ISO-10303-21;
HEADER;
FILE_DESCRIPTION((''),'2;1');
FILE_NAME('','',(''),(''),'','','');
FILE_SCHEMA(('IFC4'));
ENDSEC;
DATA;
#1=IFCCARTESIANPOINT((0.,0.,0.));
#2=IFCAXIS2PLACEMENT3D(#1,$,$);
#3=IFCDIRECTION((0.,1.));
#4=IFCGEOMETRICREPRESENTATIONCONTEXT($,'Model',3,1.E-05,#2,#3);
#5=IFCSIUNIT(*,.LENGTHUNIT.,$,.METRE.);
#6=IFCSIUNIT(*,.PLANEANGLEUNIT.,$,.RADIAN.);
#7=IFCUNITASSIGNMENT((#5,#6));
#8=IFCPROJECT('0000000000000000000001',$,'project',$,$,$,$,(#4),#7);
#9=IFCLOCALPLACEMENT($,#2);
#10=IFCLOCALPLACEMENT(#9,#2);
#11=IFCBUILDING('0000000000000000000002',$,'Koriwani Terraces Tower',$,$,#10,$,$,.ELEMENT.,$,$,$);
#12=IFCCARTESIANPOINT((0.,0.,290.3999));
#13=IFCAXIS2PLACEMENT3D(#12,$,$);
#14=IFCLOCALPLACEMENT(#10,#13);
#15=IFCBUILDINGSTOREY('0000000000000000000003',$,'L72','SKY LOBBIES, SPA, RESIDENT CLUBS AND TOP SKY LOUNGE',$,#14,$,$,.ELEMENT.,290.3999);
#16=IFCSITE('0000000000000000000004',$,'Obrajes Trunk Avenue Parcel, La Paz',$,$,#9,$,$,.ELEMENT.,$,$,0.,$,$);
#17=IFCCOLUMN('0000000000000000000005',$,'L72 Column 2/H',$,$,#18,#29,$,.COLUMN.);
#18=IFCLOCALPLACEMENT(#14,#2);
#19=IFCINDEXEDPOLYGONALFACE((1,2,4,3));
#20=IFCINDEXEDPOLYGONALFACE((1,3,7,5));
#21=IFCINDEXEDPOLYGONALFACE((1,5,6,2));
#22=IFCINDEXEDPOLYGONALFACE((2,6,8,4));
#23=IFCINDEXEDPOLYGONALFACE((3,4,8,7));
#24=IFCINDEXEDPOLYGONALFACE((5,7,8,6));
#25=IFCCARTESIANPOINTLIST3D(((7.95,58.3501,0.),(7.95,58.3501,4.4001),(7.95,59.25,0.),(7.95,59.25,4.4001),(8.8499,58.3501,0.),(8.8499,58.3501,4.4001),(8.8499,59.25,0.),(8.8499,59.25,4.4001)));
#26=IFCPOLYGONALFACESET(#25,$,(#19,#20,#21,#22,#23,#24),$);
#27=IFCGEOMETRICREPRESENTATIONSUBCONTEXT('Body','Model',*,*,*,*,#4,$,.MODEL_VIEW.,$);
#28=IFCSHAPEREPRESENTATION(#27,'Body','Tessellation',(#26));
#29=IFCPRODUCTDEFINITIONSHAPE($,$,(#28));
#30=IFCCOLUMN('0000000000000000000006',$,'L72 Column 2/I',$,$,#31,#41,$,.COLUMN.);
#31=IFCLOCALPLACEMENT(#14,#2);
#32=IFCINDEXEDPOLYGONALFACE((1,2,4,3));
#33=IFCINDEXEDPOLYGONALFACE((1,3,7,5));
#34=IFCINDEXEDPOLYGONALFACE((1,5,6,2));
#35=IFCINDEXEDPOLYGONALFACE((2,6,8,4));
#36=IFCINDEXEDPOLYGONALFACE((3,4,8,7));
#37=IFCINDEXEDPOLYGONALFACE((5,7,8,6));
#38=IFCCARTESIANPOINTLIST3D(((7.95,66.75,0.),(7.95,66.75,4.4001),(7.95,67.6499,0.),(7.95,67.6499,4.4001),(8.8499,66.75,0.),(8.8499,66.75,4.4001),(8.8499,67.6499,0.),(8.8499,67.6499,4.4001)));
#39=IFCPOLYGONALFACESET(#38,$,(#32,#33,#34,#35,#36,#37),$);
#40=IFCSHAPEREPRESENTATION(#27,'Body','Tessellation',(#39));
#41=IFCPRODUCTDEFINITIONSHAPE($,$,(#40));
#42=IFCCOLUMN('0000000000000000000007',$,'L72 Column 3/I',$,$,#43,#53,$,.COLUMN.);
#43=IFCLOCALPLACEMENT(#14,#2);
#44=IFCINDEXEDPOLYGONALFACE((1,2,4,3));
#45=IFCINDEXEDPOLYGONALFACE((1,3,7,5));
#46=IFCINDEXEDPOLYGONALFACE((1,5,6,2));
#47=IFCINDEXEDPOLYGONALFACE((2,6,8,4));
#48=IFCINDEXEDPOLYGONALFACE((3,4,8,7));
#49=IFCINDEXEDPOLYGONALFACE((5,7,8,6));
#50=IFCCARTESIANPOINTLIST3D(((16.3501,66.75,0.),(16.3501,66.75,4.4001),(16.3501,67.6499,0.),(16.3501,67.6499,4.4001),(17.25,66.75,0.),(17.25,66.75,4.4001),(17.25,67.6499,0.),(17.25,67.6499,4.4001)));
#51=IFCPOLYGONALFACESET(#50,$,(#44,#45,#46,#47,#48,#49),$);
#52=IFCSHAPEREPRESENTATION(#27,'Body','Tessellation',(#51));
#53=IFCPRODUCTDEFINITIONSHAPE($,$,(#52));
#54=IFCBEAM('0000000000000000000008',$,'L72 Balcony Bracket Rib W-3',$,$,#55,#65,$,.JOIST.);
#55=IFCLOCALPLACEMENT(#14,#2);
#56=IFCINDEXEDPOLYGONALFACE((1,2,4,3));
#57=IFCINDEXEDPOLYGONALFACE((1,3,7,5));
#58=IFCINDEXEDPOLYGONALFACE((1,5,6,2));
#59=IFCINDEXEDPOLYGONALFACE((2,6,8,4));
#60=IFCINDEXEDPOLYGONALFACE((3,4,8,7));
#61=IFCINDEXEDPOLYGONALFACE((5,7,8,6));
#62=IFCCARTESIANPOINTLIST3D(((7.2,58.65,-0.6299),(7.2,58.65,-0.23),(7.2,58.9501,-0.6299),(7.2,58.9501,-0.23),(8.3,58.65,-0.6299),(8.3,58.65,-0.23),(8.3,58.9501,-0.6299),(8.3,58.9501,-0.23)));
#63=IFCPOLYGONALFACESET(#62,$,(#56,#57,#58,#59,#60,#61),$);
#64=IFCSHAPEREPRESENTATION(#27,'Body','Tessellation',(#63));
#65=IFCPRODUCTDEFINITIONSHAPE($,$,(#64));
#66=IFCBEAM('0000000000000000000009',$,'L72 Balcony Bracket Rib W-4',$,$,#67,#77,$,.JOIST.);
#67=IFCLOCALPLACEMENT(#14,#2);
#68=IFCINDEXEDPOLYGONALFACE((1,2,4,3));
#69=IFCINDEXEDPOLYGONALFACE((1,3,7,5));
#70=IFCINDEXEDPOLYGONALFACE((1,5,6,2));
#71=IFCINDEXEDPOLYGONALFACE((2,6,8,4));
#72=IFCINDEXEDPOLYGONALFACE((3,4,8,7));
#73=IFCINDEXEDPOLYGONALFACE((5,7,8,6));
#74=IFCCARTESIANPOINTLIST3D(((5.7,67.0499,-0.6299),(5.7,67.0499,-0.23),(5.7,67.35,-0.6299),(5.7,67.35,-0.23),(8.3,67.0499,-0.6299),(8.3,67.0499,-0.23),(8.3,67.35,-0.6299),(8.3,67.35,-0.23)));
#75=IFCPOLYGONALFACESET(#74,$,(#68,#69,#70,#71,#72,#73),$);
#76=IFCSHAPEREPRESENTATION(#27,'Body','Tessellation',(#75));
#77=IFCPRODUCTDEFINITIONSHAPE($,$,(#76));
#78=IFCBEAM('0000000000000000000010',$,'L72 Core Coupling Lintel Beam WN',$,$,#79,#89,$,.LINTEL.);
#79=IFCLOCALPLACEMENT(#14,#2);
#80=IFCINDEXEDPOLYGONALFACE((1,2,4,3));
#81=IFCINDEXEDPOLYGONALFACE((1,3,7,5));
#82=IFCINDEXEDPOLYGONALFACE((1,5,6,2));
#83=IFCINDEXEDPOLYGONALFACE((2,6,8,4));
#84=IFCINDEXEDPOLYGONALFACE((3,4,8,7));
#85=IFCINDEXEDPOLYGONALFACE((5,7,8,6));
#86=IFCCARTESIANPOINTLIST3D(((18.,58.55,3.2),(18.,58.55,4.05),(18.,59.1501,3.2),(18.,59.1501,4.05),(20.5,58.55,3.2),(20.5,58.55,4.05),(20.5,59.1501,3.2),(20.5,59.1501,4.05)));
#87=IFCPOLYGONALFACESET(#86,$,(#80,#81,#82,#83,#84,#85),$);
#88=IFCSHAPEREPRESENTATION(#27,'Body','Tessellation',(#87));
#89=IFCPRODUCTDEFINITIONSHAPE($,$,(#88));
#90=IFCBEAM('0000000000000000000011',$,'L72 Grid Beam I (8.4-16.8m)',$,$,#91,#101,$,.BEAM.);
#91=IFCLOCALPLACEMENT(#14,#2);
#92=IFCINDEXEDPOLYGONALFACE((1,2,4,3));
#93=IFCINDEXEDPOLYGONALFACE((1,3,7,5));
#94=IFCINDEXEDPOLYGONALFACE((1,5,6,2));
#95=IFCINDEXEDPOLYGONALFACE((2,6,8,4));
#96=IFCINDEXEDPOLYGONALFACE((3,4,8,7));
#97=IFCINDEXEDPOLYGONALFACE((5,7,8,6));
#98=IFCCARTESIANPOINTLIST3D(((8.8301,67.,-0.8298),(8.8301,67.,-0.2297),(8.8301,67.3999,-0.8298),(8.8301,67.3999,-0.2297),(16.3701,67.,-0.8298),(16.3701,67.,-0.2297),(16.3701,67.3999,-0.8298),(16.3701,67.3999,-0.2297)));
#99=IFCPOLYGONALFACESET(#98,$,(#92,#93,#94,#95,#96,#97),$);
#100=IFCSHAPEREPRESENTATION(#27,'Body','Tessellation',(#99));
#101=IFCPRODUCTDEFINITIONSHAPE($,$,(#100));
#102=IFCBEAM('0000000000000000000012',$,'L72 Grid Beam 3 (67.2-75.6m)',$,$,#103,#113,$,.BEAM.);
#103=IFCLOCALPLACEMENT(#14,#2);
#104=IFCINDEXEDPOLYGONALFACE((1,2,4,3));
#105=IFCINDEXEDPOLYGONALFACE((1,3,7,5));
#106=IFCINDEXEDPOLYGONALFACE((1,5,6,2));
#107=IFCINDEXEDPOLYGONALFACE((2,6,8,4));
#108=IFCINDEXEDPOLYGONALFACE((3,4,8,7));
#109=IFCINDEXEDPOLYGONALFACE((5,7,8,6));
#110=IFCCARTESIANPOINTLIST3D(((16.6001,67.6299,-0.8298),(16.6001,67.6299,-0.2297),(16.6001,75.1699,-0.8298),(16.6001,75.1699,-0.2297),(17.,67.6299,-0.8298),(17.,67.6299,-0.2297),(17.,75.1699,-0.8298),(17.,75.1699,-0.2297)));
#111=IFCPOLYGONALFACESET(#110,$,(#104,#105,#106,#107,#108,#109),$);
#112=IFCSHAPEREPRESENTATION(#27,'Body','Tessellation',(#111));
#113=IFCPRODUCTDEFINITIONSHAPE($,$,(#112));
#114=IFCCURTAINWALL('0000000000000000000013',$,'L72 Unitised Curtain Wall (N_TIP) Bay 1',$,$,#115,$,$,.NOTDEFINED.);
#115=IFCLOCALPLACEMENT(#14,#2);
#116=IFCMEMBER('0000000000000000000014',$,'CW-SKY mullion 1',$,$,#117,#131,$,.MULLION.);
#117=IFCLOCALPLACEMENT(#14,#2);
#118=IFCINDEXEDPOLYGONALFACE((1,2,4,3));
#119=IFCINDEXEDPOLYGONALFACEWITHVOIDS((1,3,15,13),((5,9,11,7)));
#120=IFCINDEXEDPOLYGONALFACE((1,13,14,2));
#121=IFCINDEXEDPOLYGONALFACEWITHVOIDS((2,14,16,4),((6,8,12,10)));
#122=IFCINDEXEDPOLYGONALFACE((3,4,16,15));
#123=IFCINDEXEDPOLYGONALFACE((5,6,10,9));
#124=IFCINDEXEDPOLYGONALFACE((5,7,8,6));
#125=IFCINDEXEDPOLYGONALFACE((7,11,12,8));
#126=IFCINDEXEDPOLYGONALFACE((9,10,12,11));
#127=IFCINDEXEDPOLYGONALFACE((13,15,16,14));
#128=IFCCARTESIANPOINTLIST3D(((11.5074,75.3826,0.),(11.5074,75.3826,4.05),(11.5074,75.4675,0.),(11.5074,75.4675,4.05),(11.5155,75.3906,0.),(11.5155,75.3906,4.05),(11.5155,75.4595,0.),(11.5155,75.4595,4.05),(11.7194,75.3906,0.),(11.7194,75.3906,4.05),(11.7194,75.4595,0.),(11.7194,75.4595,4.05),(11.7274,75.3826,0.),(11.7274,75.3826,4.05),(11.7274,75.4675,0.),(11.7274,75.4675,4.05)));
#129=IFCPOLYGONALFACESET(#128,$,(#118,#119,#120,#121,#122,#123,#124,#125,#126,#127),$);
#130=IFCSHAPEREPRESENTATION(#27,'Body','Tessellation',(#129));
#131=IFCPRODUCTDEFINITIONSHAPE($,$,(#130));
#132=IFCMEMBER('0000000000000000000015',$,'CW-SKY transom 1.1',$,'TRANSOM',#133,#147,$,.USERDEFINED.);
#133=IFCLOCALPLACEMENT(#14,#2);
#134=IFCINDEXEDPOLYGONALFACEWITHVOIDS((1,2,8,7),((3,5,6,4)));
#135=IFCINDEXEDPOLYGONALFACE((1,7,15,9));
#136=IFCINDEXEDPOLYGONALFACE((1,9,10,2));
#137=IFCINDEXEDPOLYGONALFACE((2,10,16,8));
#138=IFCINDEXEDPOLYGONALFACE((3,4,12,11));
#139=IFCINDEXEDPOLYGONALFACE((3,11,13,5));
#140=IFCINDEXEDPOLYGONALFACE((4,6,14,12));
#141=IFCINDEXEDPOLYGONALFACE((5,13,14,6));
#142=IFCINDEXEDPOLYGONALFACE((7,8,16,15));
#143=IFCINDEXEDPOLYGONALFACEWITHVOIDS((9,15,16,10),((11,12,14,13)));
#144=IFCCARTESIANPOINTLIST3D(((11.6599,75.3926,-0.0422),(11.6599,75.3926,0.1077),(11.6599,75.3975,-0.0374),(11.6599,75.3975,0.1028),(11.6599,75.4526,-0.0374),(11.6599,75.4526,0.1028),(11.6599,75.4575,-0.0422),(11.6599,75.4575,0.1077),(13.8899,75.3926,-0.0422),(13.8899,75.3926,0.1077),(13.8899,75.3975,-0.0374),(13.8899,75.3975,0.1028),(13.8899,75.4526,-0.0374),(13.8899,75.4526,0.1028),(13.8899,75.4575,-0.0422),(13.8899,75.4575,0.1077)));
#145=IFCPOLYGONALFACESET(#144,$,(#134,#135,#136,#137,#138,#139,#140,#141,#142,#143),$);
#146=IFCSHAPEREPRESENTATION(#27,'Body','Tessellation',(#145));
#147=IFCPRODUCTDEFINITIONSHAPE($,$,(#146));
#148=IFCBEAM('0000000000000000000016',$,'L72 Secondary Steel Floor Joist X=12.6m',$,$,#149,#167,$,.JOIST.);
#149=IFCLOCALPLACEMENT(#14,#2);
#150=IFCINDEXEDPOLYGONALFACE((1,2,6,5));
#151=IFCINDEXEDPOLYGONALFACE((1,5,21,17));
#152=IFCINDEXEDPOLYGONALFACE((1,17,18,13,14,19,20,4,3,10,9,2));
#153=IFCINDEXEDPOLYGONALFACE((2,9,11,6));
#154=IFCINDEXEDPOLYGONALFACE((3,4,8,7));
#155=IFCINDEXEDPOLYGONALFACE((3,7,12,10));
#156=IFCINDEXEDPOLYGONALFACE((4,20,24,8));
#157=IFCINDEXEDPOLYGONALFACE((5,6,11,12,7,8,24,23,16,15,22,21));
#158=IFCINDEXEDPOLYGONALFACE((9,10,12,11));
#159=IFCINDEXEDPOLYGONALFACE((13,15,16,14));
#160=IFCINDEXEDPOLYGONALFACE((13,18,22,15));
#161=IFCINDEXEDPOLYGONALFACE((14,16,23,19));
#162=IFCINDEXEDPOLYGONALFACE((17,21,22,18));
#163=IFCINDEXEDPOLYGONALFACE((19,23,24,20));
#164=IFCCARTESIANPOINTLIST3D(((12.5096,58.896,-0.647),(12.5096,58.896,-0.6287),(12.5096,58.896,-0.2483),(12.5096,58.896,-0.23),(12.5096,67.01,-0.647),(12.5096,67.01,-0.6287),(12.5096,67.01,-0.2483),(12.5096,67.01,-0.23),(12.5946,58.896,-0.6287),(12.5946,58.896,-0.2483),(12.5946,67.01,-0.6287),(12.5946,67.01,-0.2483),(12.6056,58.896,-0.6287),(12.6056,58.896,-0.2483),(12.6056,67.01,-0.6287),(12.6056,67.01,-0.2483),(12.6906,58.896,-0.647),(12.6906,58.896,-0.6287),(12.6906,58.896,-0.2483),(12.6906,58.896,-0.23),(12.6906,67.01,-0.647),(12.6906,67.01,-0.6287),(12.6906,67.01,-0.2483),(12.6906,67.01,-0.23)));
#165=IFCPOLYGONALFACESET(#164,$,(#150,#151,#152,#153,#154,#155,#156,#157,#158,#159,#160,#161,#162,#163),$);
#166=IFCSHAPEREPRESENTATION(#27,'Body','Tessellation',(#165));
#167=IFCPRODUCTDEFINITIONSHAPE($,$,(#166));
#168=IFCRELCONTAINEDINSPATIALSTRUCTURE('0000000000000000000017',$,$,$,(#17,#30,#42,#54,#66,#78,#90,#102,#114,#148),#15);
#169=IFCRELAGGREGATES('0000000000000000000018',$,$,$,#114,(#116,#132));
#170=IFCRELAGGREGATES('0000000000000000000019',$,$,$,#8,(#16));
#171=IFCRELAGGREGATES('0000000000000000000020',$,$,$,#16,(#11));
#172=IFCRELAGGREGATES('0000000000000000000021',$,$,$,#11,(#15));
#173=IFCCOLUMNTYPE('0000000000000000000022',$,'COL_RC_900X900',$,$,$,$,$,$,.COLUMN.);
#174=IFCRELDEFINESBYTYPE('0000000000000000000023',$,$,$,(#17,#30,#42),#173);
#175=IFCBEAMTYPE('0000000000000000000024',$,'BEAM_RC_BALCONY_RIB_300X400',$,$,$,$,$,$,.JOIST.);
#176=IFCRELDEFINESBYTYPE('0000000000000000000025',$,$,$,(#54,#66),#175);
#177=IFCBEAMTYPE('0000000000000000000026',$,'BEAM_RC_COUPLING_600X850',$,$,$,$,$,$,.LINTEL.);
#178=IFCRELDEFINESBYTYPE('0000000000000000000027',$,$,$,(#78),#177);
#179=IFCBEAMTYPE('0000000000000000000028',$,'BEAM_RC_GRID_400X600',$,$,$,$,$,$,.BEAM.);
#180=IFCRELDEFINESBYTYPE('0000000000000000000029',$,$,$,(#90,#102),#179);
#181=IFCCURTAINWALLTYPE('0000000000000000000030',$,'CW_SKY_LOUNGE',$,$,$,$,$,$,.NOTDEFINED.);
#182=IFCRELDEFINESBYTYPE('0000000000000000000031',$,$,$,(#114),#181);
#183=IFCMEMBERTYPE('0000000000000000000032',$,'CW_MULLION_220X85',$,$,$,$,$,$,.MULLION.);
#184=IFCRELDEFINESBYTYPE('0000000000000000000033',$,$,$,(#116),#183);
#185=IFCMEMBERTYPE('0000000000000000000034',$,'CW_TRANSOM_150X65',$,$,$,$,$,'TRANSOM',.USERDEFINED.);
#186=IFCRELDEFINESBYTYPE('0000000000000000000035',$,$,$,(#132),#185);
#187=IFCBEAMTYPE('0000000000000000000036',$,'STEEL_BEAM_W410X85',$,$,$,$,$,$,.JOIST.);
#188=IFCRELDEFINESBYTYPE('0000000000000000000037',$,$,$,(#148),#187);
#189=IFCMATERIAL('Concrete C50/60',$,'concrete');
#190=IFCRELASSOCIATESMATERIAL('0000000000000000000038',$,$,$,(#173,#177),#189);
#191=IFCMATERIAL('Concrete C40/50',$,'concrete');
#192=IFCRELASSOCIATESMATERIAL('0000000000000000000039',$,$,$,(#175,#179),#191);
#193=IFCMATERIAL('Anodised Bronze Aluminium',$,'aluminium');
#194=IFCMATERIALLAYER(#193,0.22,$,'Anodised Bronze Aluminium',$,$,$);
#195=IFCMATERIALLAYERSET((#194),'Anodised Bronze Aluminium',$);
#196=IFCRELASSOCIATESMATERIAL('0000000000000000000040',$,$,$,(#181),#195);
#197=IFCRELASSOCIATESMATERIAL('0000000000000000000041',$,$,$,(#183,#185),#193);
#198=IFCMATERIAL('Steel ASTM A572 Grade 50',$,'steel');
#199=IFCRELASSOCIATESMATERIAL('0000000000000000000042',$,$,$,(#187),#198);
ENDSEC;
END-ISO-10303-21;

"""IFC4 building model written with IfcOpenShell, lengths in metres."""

from ifc_helpers import new_model, si_unit, direction, frame, origin, origin_2d, place, context, subcontext, project, spatial, rectangle, hollow_rectangle, i_section, extrude, material, layer, layer_set, material_profile, profile_set, type_object, element, aggregate, save


model = new_model("IFC4")

# Units and contexts
model_context = context("Model", 3, precision=1e-05, world=origin(), true_north=direction((0.0, 1.0)))
body_context = subcontext(model_context, "Body", "Model", "MODEL_VIEW")
ifc_project = project(units=[si_unit("LENGTHUNIT", "METRE"), si_unit("PLANEANGLEUNIT", "RADIAN")], contexts=[model_context])

# Site, building, storey
site_placement = place(None, origin())
site = spatial("IfcSite", under=ifc_project, at=site_placement, Name="Obrajes Trunk Avenue Parcel, La Paz", CompositionType="ELEMENT", RefElevation=0.0)
building_placement = place(site_placement, origin())
building = spatial("IfcBuilding", under=site, at=building_placement, Name="Koriwani Terraces Tower", CompositionType="ELEMENT")
storey_placement = place(building_placement, frame((0.0, 0.0, 290.3999)))
storey = spatial("IfcBuildingStorey", under=building, at=storey_placement, Name="L72", Description="SKY LOBBIES, SPA, RESIDENT CLUBS AND TOP SKY LOUNGE", CompositionType="ELEMENT", Elevation=290.3999)

# Columns
ifc_material_1 = material(Name="Concrete C50/60", Category="concrete")
ifc_material_profile_1 = material_profile(ifc_material_1, rectangle(XDim=0.8999, YDim=0.8999, at=origin_2d()), Name="Concrete C50/60", Category="LoadBearing")
ifc_profile_set_1 = profile_set([ifc_material_profile_1], Name="Concrete C50/60")
column_type = type_object("IfcColumnType", Name="COL_RC_900X900", PredefinedType="COLUMN", material=ifc_profile_set_1)
for number, where, z_axis, x_axis, name in (
    (1, (8.3999, 58.8, 0.0), (0.0, 0.0, 1.0), (1.0, 0.0, 0.0), "L72 Column 2/H"),
    (2, (8.3999, 67.2, 0.0), (0.0, 0.0, 1.0), (1.0, 0.0, 0.0), "L72 Column 2/I"),
    (3, (16.8, 67.2, 0.0), (0.0, 0.0, 1.0), (1.0, 0.0, 0.0), "L72 Column 3/I"),
):
    element("IfcColumn", number, at=place(storey_placement, frame(where, z_axis=z_axis, x_axis=x_axis)), inside=storey, type_object=column_type, Name=name, PredefinedType="COLUMN", context=body_context, shape_type="SweptSolid", body=[
        extrude(rectangle(XDim=0.8999, YDim=0.8999, at=origin_2d()), origin(), (0.0, 0.0, 1.0), 4.4001),
    ])

# Beams
ifc_material_2 = material(Name="Concrete C40/50", Category="concrete")
ifc_material_profile_2 = material_profile(ifc_material_2, rectangle(XDim=0.3, YDim=0.3999, at=origin_2d()), Name="Concrete C40/50", Category="LoadBearing")
ifc_profile_set_2 = profile_set([ifc_material_profile_2], Name="Concrete C40/50")
beam_type_1 = type_object("IfcBeamType", Name="BEAM_RC_BALCONY_RIB_300X400", PredefinedType="JOIST", material=ifc_profile_set_2)
beam_1_placement = place(storey_placement, frame((7.2, 58.8, -0.4299), z_axis=(1.0, 0.0, 0.0), x_axis=(0.0, 1.0, 0.0)))
element("IfcBeam", 4, at=beam_1_placement, inside=storey, type_object=beam_type_1, Name="L72 Balcony Bracket Rib W-3", PredefinedType="JOIST", context=body_context, shape_type="SweptSolid", body=[
    extrude(rectangle(XDim=0.3, YDim=0.3999, at=origin_2d()), origin(), (0.0, 0.0, 1.0), 1.1001),
])
beam_2_placement = place(storey_placement, frame((5.7, 67.2, -0.4299), z_axis=(1.0, 0.0, 0.0), x_axis=(0.0, 1.0, 0.0)))
element("IfcBeam", 5, at=beam_2_placement, inside=storey, type_object=beam_type_1, Name="L72 Balcony Bracket Rib W-4", PredefinedType="JOIST", context=body_context, shape_type="SweptSolid", body=[
    extrude(rectangle(XDim=0.3, YDim=0.3999, at=origin_2d()), origin(), (0.0, 0.0, 1.0), 2.6001),
])
ifc_material_profile_3 = material_profile(ifc_material_1, rectangle(XDim=0.6001, YDim=0.8501, at=origin_2d()), Name="Concrete C50/60", Category="LoadBearing")
ifc_profile_set_3 = profile_set([ifc_material_profile_3], Name="Concrete C50/60")
beam_type_2 = type_object("IfcBeamType", Name="BEAM_RC_COUPLING_600X850", PredefinedType="LINTEL", material=ifc_profile_set_3)
beam_3_placement = place(storey_placement, frame((18.0, 58.8501, 3.625), z_axis=(1.0, 0.0, 0.0), x_axis=(0.0, 1.0, 0.0)))
element("IfcBeam", 6, at=beam_3_placement, inside=storey, type_object=beam_type_2, Name="L72 Core Coupling Lintel Beam WN", PredefinedType="LINTEL", context=body_context, shape_type="SweptSolid", body=[
    extrude(rectangle(XDim=0.6001, YDim=0.8501, at=origin_2d()), origin(), (0.0, 0.0, 1.0), 2.5),
])
ifc_material_profile_4 = material_profile(ifc_material_2, rectangle(XDim=0.3999, YDim=0.6001, at=origin_2d()), Name="Concrete C40/50", Category="LoadBearing")
ifc_profile_set_4 = profile_set([ifc_material_profile_4], Name="Concrete C40/50")
beam_type_3 = type_object("IfcBeamType", Name="BEAM_RC_GRID_400X600", PredefinedType="BEAM", material=ifc_profile_set_4)
for number, where, z_axis, x_axis, name in (
    (7, (8.8301, 67.2, -0.5298), (1.0, 0.0, 0.0), (0.0, 1.0, 0.0), "L72 Grid Beam I (8.4-16.8m)"),
    (8, (16.8, 67.6299, -0.5298), (0.0, 1.0, 0.0), (-1.0, 0.0, 0.0), "L72 Grid Beam 3 (67.2-75.6m)"),
):
    element("IfcBeam", number, at=place(storey_placement, frame(where, z_axis=z_axis, x_axis=x_axis)), inside=storey, type_object=beam_type_3, Name=name, PredefinedType="BEAM", context=body_context, shape_type="SweptSolid", body=[
        extrude(rectangle(XDim=0.3999, YDim=0.6001, at=origin_2d()), origin(), (0.0, 0.0, 1.0), 7.54),
    ])

# Curtain wall, members
ifc_material_3 = material(Name="Anodised Bronze Aluminium", Category="aluminium")
ifc_layer_1 = layer(ifc_material_3, 0.22, Name="Anodised Bronze Aluminium")
ifc_layer_set_1 = layer_set([ifc_layer_1], Name="Anodised Bronze Aluminium")
curtain_wall_type = type_object("IfcCurtainWallType", Name="CW_SKY_LOUNGE", PredefinedType="NOTDEFINED", material=ifc_layer_set_1)
curtain_wall_placement = place(storey_placement, origin())
curtain_wall = element("IfcCurtainWall", 9, at=curtain_wall_placement, inside=storey, type_object=curtain_wall_type, Name="L72 Unitised Curtain Wall (N_TIP) Bay 1", PredefinedType="NOTDEFINED")
ifc_material_profile_5 = material_profile(ifc_material_3, hollow_rectangle(XDim=0.085, YDim=0.22, WallThickness=0.0081, at=origin_2d()), Name="Anodised Bronze Aluminium", Category="LoadBearing")
ifc_profile_set_5 = profile_set([ifc_material_profile_5], Name="Anodised Bronze Aluminium")
member_type_1 = type_object("IfcMemberType", Name="CW_MULLION_220X85", PredefinedType="MULLION", material=ifc_profile_set_5)
member_1_placement = place(storey_placement, frame((11.6174, 75.425, 0.0), z_axis=(0.0, 0.0, 1.0), x_axis=(0.0, 1.0, 0.0)))
member_1 = element("IfcMember", 10, at=member_1_placement, type_object=member_type_1, Name="CW-SKY mullion 1", PredefinedType="MULLION", context=body_context, shape_type="SweptSolid", body=[
    extrude(hollow_rectangle(XDim=0.085, YDim=0.22, WallThickness=0.0081, at=origin_2d()), origin(), (0.0, 0.0, 1.0), 4.05),
])
ifc_material_profile_6 = material_profile(ifc_material_3, hollow_rectangle(XDim=0.0649, YDim=0.1499, WallThickness=0.0049, at=origin_2d()), Name="Anodised Bronze Aluminium", Category="LoadBearing")
ifc_profile_set_6 = profile_set([ifc_material_profile_6], Name="Anodised Bronze Aluminium")
member_type_2 = type_object("IfcMemberType", Name="CW_TRANSOM_150X65", ElementType="TRANSOM", PredefinedType="USERDEFINED", material=ifc_profile_set_6)
member_2_placement = place(storey_placement, frame((11.6599, 75.425, 0.0327), z_axis=(1.0, 0.0, 0.0), x_axis=(0.0, 1.0, 0.0)))
member_2 = element("IfcMember", 11, at=member_2_placement, type_object=member_type_2, Name="CW-SKY transom 1.1", ObjectType="TRANSOM", PredefinedType="USERDEFINED", context=body_context, shape_type="SweptSolid", body=[
    extrude(hollow_rectangle(XDim=0.0649, YDim=0.1499, WallThickness=0.0049, at=origin_2d()), origin(), (0.0, 0.0, 1.0), 2.23),
])
aggregate(curtain_wall, [member_1, member_2])

# Beam
ifc_material_4 = material(Name="Steel ASTM A572 Grade 50", Category="steel")
ifc_material_profile_7 = material_profile(ifc_material_4, i_section(OverallWidth=0.1809, OverallDepth=0.417, WebThickness=0.011, FlangeThickness=0.0183, at=origin_2d()), Name="Steel ASTM A572 Grade 50", Category="LoadBearing")
ifc_profile_set_7 = profile_set([ifc_material_profile_7], Name="Steel ASTM A572 Grade 50")
beam_type_4 = type_object("IfcBeamType", Name="STEEL_BEAM_W410X85", PredefinedType="JOIST", material=ifc_profile_set_7)
beam_4_placement = place(storey_placement, frame((12.6001, 58.896, -0.4385), z_axis=(0.0, 1.0, 0.0), x_axis=(-1.0, 0.0, 0.0)))
element("IfcBeam", 12, at=beam_4_placement, inside=storey, type_object=beam_type_4, Name="L72 Secondary Steel Floor Joist X=12.6m", PredefinedType="JOIST", context=body_context, shape_type="SweptSolid", body=[
    extrude(i_section(OverallWidth=0.1809, OverallDepth=0.417, WebThickness=0.011, FlangeThickness=0.0183, at=origin_2d()), origin(), (0.0, 0.0, 1.0), 8.114),
])

save(model, "model.ifc")
